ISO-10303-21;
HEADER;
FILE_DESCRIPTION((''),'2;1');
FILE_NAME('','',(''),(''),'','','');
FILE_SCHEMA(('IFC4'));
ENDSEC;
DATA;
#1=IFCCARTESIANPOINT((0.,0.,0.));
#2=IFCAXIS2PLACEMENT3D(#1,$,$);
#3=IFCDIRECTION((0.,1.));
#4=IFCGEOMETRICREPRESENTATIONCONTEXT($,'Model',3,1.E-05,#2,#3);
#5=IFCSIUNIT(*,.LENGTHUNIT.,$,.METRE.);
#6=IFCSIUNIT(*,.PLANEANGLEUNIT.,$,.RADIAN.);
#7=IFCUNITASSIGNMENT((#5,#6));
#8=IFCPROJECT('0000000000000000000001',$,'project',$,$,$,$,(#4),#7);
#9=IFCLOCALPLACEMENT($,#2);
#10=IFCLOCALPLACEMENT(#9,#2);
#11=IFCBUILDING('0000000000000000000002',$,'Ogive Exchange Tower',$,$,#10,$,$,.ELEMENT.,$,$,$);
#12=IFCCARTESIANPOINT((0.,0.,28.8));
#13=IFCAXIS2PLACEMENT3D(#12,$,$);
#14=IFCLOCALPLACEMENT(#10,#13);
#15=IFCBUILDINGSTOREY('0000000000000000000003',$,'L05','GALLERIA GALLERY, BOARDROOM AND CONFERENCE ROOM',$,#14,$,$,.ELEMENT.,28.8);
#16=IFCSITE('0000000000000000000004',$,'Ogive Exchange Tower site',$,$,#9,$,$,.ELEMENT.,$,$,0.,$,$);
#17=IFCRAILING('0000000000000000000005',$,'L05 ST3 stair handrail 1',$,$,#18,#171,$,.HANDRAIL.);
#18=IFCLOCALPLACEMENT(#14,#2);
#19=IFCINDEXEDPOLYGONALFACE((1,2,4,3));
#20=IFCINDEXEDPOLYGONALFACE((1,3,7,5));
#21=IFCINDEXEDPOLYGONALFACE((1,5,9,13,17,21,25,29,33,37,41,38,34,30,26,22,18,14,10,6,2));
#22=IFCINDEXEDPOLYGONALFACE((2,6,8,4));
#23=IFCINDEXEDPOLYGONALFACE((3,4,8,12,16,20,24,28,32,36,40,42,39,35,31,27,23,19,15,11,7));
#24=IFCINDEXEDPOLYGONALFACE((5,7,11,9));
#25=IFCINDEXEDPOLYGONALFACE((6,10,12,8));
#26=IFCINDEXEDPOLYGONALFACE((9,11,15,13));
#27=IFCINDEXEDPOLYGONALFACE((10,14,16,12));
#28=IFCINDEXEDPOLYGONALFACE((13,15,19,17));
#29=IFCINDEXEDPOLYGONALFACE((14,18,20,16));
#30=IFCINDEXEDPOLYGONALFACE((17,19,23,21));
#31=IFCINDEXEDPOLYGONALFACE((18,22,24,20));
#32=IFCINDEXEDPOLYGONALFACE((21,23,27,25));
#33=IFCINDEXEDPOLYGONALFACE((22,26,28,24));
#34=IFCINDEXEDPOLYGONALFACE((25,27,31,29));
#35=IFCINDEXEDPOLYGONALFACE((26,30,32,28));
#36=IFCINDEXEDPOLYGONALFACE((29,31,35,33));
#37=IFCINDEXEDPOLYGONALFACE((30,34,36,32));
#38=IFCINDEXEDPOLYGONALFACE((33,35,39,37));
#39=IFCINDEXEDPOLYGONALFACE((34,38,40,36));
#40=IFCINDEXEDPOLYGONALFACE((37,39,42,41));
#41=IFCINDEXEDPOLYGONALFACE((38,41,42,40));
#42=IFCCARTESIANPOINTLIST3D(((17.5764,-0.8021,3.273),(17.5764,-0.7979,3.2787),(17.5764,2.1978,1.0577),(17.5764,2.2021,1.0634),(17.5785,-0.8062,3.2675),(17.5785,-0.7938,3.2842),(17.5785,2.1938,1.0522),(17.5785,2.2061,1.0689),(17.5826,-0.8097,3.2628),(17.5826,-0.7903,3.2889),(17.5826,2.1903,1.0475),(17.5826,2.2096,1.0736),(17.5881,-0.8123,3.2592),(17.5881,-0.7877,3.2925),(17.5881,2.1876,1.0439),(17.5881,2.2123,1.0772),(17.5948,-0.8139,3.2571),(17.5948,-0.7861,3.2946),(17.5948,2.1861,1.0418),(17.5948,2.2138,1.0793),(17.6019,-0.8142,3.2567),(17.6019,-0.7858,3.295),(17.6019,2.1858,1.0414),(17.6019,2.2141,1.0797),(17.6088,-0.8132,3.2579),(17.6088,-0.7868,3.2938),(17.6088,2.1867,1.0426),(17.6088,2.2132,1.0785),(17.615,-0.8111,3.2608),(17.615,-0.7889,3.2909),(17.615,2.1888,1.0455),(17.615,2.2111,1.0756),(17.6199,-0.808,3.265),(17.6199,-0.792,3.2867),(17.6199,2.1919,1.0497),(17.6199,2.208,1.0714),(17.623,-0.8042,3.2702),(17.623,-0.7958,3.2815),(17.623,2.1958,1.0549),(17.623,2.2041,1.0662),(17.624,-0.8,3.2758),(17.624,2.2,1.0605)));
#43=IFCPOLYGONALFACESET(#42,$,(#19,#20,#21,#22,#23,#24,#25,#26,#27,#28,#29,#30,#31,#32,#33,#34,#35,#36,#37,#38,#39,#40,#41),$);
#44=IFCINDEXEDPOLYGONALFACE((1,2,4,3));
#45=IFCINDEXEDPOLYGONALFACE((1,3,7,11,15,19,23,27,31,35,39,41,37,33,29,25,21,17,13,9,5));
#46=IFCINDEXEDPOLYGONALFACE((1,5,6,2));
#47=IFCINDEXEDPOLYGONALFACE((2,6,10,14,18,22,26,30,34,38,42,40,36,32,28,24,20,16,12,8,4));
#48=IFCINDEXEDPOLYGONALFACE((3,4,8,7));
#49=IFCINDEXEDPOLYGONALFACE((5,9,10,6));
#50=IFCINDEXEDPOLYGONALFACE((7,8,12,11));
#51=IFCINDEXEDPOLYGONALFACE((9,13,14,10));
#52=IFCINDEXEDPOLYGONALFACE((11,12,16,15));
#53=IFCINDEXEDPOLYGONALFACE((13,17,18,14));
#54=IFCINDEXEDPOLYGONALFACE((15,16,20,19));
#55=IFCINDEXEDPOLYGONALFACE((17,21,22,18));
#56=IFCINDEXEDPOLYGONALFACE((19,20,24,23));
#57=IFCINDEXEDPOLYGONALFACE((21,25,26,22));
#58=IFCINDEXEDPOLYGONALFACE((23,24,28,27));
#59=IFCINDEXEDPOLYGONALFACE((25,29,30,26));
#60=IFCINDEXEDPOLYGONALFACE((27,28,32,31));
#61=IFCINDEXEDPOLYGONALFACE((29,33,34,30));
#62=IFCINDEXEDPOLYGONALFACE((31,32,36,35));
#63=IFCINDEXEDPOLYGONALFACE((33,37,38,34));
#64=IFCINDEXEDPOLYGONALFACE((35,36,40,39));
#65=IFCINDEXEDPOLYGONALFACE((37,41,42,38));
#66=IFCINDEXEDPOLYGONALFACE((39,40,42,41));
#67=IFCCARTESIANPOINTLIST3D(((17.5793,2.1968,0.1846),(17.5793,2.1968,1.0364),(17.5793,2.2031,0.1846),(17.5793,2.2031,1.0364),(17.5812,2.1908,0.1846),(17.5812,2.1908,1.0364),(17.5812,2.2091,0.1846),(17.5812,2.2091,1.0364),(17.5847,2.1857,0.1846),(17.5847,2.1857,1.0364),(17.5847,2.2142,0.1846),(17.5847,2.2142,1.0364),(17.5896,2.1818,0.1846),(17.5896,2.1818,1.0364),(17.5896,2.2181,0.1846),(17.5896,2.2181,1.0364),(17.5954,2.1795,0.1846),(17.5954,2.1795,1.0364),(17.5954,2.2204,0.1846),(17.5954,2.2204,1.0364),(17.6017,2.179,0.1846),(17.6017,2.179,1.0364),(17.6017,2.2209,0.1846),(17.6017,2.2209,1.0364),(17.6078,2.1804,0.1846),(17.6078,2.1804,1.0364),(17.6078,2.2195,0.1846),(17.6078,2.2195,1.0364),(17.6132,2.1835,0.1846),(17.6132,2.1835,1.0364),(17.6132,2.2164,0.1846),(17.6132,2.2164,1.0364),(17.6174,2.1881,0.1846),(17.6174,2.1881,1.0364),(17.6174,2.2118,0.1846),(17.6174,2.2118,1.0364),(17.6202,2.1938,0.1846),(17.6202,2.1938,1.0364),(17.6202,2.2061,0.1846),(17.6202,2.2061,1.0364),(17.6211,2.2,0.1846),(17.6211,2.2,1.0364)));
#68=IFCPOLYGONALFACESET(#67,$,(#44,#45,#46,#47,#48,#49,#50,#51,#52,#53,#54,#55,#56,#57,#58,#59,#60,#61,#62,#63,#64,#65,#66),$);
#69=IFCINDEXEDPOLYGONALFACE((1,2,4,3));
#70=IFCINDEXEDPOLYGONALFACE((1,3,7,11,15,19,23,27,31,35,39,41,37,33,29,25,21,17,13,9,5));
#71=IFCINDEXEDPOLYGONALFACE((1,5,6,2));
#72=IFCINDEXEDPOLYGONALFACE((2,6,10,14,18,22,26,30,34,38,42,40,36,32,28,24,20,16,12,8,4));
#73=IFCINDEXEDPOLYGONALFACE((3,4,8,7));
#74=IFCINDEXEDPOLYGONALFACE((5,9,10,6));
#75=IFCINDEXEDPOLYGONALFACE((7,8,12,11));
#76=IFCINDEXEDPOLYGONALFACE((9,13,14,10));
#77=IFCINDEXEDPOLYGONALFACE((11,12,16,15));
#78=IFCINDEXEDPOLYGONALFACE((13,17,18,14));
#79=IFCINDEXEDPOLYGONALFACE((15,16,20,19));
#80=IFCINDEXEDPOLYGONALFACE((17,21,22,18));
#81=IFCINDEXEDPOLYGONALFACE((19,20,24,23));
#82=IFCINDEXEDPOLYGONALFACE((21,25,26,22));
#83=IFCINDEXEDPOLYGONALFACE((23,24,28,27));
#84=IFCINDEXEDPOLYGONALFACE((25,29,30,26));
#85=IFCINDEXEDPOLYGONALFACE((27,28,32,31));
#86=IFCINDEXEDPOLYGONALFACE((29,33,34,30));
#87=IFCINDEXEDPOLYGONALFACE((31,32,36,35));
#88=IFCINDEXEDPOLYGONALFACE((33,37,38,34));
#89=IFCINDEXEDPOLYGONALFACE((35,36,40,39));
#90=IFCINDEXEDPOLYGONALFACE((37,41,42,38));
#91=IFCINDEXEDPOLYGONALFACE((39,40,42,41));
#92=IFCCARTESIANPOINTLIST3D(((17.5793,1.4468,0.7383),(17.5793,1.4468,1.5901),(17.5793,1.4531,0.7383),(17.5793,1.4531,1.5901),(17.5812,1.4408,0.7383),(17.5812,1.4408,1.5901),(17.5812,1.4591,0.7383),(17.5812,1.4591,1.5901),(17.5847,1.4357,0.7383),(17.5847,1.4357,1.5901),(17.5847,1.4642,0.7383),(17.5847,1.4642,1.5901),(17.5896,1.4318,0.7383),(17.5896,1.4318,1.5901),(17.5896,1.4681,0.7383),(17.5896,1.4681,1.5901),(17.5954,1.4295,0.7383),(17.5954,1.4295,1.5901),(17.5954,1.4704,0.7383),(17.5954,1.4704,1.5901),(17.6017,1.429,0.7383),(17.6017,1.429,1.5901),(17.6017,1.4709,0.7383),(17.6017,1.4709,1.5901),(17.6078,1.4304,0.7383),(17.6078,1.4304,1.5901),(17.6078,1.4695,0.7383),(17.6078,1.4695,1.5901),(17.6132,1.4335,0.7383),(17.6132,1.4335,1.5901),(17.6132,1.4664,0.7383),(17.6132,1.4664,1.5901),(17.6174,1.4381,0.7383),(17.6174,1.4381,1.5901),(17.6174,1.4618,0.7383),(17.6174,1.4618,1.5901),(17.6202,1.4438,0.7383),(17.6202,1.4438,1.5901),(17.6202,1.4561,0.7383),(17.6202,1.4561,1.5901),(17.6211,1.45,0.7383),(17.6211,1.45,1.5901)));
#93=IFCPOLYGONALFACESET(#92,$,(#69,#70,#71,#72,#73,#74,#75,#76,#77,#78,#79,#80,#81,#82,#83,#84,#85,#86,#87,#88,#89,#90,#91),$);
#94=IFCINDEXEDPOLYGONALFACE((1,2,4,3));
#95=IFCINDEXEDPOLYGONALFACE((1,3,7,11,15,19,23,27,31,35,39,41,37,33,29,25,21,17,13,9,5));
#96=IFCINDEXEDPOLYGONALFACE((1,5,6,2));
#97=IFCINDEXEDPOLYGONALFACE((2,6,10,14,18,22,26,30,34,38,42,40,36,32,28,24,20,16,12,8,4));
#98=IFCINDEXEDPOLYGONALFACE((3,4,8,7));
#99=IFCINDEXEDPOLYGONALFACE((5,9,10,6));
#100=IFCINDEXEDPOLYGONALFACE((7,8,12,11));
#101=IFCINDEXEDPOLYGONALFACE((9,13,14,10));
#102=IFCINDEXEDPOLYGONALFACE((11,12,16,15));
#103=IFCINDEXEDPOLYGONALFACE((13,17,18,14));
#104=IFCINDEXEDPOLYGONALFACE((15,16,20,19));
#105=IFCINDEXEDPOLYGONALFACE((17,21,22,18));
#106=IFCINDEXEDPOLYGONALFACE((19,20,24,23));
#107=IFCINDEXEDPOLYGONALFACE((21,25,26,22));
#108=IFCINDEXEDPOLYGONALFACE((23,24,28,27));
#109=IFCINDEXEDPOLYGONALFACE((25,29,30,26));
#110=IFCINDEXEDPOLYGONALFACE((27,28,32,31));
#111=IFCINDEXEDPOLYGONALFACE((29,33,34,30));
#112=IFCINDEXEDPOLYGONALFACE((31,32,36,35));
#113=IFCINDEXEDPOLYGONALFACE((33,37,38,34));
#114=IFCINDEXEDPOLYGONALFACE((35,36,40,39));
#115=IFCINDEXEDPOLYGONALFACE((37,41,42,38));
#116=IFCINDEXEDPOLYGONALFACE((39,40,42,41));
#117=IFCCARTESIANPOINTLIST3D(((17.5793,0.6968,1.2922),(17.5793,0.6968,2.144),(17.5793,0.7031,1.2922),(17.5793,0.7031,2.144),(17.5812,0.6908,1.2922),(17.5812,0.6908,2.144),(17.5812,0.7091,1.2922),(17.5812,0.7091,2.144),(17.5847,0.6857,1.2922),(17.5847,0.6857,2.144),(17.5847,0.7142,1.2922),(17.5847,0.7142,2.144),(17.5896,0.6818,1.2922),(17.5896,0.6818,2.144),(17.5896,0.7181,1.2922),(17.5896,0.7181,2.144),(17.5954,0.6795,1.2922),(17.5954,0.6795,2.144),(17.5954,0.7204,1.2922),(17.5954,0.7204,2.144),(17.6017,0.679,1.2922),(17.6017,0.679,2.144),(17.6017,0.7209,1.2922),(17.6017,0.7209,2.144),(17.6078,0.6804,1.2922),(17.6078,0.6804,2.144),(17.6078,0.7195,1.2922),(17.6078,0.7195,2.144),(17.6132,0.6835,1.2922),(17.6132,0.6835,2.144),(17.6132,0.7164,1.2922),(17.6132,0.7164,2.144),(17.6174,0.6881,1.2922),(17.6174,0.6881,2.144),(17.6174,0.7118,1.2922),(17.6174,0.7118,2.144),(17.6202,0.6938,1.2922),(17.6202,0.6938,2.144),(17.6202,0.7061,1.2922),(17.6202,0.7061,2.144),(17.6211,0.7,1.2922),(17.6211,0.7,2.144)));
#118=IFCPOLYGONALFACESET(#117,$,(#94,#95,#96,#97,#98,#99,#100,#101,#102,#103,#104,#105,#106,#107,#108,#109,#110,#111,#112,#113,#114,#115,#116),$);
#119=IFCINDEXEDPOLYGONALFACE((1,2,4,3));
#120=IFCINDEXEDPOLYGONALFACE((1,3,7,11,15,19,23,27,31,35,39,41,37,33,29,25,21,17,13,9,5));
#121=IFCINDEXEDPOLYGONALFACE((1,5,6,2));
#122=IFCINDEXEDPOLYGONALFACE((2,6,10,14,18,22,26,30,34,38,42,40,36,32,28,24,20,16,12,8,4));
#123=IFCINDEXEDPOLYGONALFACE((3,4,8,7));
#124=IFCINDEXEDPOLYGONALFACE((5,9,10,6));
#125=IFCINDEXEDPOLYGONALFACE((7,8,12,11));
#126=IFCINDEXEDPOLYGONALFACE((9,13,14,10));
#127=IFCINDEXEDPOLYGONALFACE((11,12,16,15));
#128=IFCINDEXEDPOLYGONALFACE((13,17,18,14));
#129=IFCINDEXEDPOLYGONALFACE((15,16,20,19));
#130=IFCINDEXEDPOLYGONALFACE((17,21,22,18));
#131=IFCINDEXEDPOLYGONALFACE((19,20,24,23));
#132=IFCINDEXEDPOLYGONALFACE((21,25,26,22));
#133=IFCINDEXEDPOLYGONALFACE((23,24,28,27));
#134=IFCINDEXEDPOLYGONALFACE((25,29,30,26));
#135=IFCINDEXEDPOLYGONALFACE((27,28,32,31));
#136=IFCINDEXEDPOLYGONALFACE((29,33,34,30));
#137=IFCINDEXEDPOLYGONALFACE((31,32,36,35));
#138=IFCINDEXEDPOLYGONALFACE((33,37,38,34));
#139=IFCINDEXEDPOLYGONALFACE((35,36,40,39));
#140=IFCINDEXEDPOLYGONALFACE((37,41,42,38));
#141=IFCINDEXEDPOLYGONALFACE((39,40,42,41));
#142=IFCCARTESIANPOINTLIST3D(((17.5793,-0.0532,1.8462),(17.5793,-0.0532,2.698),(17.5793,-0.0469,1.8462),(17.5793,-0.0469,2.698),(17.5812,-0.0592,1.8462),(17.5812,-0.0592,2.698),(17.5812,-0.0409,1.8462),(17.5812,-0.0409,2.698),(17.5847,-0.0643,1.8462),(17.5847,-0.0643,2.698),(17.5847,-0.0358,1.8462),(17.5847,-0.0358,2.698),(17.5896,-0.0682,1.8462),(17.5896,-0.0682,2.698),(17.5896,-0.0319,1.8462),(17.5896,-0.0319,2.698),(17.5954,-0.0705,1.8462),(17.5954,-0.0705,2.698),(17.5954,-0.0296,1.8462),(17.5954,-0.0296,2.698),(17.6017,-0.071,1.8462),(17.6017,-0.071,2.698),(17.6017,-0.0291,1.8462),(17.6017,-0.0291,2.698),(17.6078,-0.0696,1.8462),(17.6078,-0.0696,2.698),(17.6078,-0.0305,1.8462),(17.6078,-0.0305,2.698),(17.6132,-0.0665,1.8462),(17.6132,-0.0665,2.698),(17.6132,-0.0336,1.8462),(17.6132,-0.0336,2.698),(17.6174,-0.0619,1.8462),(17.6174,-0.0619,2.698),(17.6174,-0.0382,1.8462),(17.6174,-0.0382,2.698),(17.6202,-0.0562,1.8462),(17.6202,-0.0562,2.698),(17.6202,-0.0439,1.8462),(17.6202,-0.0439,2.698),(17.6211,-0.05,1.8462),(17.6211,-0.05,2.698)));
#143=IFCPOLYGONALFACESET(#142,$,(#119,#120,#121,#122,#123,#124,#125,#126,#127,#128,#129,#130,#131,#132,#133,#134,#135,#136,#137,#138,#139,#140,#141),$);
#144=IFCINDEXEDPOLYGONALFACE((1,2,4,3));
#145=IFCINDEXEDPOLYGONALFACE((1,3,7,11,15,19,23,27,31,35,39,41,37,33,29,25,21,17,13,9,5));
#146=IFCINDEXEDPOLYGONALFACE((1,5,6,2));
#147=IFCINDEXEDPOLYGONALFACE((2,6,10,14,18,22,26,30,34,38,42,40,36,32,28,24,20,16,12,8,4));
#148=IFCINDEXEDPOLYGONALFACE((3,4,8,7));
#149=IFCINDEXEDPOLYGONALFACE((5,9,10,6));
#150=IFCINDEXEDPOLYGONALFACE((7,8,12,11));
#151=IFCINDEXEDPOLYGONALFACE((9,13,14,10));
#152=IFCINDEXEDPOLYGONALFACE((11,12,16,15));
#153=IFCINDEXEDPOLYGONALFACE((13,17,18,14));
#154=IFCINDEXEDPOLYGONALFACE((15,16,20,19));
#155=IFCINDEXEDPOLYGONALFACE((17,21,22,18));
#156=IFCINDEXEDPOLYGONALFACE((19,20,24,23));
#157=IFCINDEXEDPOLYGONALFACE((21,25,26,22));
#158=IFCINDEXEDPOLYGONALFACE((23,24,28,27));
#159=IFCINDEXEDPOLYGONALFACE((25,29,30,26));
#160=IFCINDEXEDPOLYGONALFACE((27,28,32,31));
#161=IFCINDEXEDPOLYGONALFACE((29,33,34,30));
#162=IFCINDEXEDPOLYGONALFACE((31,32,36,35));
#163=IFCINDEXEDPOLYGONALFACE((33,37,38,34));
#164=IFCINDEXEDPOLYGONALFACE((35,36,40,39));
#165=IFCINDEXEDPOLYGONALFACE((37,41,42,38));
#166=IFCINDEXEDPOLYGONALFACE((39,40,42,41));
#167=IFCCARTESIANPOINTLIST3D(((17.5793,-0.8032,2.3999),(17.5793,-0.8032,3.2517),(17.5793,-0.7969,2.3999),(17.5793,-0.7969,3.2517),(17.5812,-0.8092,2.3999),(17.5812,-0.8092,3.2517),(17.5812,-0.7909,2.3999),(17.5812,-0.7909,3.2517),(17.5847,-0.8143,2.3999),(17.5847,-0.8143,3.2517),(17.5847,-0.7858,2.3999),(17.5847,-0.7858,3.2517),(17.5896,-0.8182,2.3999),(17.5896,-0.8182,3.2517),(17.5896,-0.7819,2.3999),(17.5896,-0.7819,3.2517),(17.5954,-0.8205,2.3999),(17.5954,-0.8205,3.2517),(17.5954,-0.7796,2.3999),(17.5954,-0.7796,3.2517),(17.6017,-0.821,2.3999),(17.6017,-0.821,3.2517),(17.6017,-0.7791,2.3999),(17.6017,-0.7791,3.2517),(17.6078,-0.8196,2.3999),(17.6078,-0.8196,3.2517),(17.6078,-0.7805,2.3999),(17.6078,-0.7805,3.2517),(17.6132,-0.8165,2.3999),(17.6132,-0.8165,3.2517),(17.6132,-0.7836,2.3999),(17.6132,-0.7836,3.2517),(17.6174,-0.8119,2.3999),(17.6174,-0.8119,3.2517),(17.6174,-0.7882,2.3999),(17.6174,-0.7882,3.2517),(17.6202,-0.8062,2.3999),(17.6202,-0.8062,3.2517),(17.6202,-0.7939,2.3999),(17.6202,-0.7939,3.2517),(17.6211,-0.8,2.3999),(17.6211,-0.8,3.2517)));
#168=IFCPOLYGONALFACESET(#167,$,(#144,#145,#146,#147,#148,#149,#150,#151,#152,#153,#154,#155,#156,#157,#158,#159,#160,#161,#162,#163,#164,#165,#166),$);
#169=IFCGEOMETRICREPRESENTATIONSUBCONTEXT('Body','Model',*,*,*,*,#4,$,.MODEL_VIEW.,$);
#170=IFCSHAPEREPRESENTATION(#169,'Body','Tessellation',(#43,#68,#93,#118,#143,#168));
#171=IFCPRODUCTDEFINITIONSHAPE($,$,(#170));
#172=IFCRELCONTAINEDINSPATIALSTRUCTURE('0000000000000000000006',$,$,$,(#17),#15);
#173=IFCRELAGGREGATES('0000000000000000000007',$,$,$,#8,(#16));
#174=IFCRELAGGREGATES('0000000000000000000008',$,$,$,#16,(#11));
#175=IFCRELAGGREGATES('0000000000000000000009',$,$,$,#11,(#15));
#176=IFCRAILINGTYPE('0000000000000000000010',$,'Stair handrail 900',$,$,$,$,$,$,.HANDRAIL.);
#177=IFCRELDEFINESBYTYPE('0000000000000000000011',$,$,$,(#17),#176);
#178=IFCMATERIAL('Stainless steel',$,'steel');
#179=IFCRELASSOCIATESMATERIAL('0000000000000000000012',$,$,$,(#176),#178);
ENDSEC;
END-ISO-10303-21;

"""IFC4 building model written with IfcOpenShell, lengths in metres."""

from ifc_helpers import new_model, si_unit, direction, frame, origin, origin_2d, place, context, subcontext, project, spatial, circle, extrude, material, type_object, element, save


model = new_model("IFC4")

# Units and contexts
model_context = context("Model", 3, precision=1e-05, world=origin(), true_north=direction((0.0, 1.0)))
body_context = subcontext(model_context, "Body", "Model", "MODEL_VIEW")
ifc_project = project(units=[si_unit("LENGTHUNIT", "METRE"), si_unit("PLANEANGLEUNIT", "RADIAN")], contexts=[model_context])

# Site, building, storey
site_placement = place(None, origin())
site = spatial("IfcSite", under=ifc_project, at=site_placement, Name="Ogive Exchange Tower site", CompositionType="ELEMENT", RefElevation=0.0)
building_placement = place(site_placement, origin())
building = spatial("IfcBuilding", under=site, at=building_placement, Name="Ogive Exchange Tower", CompositionType="ELEMENT")
storey_placement = place(building_placement, frame((0.0, 0.0, 28.8)))
storey = spatial("IfcBuildingStorey", under=building, at=storey_placement, Name="L05", Description="GALLERIA GALLERY, BOARDROOM AND CONFERENCE ROOM", CompositionType="ELEMENT", Elevation=28.8)

# Shared definitions
ifc_material_1 = material(Name="Stainless steel", Category="steel")

# Railing
railing_type = type_object("IfcRailingType", Name="Stair handrail 900", PredefinedType="HANDRAIL", material=ifc_material_1)
railing_1_placement = place(storey_placement, frame((17.6001, 2.2, 0.1846)))
element("IfcRailing", 1, at=railing_1_placement, inside=storey, type_object=railing_type, Name="L05 ST3 stair handrail 1", PredefinedType="HANDRAIL", context=body_context, shape_type="SweptSolid", body=[
    extrude(circle(Radius=0.0239, at=origin_2d()), frame((0.0, 0.0, 0.876), z_axis=(0.0, -0.80444, 0.594034), x_axis=(1.0, 0.0, 0.0)), (0.0, 0.0, 1.0), 3.7292),
    extrude(circle(Radius=0.021, at=origin_2d()), origin(), (0.0, 0.0, 1.0), 0.8518),
    extrude(circle(Radius=0.021, at=origin_2d()), frame((0.0, -0.75, 0.5537)), (0.0, 0.0, 1.0), 0.8518),
    extrude(circle(Radius=0.021, at=origin_2d()), frame((0.0, -1.5, 1.1077)), (0.0, 0.0, 1.0), 0.8518),
    extrude(circle(Radius=0.021, at=origin_2d()), frame((0.0, -2.25, 1.6616)), (0.0, 0.0, 1.0), 0.8518),
    extrude(circle(Radius=0.021, at=origin_2d()), frame((0.0, -3.0, 2.2153)), (0.0, 0.0, 1.0), 0.8518),
])

save(model, "model.ifc")
